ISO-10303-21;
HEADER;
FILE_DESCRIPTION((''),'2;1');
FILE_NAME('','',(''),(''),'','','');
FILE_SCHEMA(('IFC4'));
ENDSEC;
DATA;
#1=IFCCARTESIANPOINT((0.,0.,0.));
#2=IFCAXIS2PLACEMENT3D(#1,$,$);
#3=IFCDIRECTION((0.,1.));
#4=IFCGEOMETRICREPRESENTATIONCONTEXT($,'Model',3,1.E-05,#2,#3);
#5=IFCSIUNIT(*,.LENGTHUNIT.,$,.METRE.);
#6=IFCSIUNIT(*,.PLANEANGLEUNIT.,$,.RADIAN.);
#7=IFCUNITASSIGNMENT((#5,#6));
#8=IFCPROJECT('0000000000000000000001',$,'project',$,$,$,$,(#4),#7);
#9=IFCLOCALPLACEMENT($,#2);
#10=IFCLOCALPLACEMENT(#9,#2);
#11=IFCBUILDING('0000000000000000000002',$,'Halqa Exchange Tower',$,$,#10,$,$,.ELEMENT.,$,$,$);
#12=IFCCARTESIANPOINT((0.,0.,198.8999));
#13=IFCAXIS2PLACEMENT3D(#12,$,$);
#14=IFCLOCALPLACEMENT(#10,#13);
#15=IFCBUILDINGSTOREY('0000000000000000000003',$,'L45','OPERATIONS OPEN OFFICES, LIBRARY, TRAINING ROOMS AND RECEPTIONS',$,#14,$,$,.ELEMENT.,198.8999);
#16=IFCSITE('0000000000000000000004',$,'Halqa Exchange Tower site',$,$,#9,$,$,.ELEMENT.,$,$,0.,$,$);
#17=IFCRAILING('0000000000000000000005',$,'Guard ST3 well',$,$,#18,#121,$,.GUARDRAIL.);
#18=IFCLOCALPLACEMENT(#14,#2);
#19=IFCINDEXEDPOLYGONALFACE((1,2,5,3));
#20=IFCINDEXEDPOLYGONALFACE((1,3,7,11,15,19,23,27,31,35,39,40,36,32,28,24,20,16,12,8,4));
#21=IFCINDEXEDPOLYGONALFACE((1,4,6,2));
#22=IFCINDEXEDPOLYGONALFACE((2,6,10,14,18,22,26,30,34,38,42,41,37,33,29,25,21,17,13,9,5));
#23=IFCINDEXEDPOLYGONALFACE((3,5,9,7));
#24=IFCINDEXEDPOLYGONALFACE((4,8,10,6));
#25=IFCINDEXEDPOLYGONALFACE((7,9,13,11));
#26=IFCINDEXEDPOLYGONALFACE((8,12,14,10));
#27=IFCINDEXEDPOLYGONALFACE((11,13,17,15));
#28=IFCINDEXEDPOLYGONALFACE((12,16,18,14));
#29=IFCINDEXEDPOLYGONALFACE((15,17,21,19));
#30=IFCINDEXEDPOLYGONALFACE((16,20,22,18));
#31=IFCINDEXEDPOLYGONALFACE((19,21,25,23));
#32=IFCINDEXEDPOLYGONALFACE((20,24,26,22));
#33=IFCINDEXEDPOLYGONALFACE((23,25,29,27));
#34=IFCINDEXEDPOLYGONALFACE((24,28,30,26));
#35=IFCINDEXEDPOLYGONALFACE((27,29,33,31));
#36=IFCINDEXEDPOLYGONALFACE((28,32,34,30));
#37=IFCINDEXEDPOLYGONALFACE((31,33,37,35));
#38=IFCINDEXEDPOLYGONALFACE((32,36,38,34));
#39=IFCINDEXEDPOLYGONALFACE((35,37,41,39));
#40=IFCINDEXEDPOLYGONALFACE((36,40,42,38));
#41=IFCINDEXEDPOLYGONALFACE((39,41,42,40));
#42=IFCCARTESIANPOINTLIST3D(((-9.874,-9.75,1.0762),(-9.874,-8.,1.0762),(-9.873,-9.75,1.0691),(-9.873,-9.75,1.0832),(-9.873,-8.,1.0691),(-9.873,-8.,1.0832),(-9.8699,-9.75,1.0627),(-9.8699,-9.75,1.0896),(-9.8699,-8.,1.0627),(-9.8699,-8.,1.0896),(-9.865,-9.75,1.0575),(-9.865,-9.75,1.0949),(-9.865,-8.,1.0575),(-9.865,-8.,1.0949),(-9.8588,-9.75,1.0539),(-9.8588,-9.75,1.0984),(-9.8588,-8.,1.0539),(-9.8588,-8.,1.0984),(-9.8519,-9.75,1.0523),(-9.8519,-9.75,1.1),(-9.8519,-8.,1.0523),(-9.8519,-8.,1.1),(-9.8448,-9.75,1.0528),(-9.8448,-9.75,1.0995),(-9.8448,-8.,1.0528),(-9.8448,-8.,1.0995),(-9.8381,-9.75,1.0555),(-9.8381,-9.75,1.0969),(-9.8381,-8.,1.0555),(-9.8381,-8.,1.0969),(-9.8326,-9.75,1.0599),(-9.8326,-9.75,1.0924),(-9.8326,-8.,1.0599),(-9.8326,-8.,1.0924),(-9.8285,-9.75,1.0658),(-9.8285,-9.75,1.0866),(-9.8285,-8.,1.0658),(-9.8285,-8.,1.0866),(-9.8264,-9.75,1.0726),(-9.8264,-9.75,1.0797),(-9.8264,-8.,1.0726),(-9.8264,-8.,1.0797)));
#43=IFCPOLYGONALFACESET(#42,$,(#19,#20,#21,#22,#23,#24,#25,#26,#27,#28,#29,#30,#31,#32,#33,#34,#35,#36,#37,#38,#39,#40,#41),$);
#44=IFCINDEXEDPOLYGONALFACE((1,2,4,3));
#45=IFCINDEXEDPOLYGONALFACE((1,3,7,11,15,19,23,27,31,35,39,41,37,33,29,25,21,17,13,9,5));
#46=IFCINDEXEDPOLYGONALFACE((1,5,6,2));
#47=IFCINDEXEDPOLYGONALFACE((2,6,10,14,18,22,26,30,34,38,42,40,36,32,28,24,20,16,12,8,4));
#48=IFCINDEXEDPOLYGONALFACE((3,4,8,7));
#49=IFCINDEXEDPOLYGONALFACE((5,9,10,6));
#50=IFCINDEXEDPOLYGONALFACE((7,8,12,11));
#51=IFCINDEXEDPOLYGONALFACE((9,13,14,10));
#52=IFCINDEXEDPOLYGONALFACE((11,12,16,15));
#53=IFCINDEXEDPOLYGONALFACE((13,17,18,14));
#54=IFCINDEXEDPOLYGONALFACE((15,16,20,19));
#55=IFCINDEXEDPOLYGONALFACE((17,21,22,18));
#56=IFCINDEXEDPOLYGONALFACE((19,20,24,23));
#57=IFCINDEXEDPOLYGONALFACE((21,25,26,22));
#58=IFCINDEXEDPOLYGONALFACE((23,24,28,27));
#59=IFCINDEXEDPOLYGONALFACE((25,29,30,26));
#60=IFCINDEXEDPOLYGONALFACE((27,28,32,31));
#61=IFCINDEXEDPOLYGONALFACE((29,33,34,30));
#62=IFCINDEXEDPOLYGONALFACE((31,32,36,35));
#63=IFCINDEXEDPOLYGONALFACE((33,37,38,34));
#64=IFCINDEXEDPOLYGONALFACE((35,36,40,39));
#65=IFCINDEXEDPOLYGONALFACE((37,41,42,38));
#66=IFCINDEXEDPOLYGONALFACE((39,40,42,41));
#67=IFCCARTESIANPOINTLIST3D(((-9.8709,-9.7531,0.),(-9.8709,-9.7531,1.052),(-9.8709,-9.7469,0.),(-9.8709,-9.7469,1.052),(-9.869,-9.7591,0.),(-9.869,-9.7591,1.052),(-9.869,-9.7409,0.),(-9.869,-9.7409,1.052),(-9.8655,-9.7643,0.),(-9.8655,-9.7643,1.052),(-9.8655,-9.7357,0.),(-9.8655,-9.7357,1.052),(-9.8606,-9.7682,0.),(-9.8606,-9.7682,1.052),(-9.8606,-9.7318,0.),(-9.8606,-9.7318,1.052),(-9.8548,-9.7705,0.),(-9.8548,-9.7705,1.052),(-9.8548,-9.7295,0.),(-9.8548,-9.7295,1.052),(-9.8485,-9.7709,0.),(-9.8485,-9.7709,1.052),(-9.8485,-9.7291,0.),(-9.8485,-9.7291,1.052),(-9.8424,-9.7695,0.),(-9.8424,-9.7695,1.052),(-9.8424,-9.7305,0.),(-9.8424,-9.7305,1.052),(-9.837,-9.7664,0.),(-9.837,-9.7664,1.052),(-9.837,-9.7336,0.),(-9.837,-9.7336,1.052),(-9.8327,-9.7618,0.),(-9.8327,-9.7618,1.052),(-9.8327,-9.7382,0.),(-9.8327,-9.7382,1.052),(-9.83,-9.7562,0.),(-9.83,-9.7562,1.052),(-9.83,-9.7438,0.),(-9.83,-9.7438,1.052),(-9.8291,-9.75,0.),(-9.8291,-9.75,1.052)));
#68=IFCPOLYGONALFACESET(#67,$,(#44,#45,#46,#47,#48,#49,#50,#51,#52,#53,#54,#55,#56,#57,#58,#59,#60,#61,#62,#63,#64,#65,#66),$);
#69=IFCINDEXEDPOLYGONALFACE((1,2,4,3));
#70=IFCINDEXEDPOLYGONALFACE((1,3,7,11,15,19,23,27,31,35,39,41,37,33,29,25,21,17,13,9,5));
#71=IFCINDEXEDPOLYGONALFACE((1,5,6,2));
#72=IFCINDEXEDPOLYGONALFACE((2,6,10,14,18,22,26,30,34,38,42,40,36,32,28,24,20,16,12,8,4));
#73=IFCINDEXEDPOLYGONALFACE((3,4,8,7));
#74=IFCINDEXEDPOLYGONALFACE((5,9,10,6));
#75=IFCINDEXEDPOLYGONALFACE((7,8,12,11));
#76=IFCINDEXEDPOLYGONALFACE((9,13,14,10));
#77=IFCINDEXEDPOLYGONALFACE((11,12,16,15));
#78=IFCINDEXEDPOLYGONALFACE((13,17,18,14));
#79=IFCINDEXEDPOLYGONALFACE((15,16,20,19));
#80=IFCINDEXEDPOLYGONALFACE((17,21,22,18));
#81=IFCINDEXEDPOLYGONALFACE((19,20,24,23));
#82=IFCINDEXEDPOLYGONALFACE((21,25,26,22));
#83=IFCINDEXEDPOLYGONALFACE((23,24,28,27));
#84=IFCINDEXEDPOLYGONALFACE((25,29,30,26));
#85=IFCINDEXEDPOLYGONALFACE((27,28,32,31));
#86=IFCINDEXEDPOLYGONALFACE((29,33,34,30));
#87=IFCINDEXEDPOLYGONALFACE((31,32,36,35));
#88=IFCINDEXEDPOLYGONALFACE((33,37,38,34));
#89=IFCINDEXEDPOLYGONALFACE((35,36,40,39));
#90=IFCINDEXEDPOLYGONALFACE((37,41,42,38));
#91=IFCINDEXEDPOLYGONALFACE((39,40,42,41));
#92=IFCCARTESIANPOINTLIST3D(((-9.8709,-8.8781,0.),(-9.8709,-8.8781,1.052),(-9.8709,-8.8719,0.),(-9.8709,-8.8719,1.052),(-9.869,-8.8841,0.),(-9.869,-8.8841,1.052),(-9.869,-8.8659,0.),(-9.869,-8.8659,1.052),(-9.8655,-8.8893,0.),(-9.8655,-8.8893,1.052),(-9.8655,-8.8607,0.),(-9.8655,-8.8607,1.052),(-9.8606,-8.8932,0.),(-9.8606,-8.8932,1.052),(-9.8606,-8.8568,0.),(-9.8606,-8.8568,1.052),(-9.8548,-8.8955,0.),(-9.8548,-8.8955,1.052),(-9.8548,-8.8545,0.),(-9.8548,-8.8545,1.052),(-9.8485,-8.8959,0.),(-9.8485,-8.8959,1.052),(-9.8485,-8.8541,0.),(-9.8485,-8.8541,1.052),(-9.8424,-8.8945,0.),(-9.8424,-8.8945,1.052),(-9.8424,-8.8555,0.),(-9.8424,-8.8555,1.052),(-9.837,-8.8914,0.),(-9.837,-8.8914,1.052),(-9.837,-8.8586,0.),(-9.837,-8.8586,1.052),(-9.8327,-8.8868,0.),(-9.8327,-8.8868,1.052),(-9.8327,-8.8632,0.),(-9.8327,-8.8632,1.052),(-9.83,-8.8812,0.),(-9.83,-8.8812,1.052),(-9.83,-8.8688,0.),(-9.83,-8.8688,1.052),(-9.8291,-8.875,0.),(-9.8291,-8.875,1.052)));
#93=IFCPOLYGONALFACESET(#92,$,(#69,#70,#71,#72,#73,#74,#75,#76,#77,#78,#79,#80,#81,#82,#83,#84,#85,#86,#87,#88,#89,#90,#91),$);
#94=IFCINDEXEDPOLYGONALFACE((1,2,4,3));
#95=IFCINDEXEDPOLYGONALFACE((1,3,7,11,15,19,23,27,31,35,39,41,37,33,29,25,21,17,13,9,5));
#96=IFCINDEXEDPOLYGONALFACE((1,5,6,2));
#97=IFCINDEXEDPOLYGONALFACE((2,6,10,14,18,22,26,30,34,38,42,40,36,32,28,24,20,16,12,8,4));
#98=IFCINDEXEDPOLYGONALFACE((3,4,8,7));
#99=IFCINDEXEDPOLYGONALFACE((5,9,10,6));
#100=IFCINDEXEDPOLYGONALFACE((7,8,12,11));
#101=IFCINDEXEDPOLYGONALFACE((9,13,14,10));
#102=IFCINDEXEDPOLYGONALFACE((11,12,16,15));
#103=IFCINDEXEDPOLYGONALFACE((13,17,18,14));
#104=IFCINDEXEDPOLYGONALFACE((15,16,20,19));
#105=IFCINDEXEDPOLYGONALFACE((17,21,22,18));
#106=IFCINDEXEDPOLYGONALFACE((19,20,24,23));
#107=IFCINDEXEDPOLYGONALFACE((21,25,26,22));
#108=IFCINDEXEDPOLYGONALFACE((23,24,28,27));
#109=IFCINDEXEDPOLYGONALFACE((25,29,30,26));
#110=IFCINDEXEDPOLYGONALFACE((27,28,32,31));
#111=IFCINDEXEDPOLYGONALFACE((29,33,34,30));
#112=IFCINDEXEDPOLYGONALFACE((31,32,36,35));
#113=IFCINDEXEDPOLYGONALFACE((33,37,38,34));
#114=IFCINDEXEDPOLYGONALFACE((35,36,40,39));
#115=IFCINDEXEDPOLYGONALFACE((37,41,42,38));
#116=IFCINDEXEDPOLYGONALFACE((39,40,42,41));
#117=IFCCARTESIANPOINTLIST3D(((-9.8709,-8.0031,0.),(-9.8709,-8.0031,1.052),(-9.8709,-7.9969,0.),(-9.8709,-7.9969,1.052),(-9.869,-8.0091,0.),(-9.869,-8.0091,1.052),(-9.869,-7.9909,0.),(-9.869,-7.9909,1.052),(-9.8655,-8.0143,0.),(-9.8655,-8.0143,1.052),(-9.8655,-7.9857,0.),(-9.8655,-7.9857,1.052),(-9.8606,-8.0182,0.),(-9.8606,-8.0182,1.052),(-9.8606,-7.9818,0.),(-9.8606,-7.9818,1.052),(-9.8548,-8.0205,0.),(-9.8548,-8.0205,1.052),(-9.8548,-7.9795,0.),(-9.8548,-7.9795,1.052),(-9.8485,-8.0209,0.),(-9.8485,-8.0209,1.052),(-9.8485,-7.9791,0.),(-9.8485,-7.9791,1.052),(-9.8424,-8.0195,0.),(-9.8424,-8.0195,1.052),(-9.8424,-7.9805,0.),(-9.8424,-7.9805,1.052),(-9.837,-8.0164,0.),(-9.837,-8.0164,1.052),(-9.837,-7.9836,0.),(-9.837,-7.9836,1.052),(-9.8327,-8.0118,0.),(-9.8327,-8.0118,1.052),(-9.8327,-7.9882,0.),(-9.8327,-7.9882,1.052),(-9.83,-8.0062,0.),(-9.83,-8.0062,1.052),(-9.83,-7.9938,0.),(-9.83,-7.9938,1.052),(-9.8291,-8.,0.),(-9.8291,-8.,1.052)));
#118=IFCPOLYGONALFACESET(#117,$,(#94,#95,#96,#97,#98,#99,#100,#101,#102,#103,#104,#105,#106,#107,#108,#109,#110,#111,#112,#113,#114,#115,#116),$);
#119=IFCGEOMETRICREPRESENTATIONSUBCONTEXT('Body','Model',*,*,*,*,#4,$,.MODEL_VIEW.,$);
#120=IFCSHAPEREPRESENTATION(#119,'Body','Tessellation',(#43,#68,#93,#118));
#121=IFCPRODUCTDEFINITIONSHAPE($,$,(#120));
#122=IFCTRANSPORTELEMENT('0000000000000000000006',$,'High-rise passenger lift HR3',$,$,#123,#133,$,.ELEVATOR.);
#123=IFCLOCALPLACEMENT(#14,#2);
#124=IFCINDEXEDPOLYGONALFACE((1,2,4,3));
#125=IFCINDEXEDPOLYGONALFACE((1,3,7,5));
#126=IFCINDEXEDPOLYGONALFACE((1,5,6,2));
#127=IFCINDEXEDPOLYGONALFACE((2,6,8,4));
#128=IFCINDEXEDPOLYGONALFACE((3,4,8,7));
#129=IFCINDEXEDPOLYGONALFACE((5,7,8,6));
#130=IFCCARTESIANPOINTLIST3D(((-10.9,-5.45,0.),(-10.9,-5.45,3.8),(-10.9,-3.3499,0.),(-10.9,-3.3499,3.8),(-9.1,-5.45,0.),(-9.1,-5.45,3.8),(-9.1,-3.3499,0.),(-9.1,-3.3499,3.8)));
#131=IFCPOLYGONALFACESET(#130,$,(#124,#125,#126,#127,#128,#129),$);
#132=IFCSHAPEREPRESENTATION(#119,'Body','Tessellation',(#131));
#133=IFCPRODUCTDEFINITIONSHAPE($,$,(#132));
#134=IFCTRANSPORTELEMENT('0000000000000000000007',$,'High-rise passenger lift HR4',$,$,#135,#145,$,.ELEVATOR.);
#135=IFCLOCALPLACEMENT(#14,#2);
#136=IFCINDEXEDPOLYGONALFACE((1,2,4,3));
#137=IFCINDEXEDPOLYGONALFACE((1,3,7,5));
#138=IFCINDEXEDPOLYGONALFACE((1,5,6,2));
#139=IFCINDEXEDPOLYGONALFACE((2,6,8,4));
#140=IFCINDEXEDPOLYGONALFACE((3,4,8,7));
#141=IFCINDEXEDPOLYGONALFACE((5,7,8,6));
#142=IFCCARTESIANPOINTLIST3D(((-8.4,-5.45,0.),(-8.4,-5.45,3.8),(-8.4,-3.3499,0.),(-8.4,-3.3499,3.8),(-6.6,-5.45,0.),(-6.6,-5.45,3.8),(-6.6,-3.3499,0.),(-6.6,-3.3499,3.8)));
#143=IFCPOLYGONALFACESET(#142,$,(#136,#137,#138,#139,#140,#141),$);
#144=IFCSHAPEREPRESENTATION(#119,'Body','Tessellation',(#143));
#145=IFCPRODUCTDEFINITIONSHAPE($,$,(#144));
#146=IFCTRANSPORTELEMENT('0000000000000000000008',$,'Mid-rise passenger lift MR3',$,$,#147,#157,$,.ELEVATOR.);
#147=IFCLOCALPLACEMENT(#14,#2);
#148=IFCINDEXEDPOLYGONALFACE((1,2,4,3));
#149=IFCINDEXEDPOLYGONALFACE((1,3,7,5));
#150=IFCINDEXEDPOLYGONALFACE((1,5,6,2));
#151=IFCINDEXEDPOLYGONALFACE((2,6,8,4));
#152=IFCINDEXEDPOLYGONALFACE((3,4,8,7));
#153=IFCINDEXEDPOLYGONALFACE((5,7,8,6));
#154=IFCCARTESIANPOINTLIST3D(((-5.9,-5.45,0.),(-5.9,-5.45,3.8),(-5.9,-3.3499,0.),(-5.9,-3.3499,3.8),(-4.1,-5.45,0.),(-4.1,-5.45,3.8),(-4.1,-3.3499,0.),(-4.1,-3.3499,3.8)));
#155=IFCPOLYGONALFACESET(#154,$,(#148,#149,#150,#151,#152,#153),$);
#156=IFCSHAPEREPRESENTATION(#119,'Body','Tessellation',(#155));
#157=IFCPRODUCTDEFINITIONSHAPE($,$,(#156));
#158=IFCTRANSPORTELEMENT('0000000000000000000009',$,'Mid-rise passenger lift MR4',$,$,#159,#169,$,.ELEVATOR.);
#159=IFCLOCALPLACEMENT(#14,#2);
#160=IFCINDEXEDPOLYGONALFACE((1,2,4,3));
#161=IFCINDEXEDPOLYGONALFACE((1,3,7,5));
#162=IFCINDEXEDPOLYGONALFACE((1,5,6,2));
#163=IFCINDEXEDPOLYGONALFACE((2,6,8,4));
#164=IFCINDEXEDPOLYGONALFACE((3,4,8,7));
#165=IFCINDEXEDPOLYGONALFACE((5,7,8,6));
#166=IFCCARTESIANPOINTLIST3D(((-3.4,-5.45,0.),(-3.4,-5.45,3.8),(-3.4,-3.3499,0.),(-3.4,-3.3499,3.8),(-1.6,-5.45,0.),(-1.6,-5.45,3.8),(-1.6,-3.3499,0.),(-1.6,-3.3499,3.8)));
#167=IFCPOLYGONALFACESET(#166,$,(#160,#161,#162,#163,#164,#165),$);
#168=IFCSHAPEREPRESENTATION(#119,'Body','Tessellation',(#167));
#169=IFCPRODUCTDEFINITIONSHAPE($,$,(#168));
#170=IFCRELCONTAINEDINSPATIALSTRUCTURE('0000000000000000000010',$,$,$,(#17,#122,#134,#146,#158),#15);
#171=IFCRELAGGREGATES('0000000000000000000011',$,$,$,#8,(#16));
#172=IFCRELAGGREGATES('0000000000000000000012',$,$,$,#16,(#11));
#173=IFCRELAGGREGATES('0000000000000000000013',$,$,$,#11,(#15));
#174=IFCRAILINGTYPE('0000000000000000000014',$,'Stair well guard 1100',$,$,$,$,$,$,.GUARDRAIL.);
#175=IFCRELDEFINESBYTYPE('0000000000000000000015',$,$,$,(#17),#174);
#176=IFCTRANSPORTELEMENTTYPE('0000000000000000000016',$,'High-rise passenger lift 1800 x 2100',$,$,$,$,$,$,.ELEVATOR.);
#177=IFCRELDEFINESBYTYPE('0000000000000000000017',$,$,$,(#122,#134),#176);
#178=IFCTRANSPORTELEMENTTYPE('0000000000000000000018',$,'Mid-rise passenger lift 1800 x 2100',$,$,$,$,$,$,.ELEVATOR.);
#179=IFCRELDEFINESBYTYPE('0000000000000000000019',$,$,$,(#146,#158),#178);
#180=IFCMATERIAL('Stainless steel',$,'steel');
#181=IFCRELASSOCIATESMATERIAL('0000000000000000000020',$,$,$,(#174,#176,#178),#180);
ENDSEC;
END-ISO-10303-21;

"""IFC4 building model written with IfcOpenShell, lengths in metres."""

from ifc_helpers import new_model, si_unit, direction, frame, origin, origin_2d, place, context, subcontext, project, spatial, rectangle, circle, extrude, material, type_object, element, save


model = new_model("IFC4")

# Units and contexts
model_context = context("Model", 3, precision=1e-05, world=origin(), true_north=direction((0.0, 1.0)))
body_context = subcontext(model_context, "Body", "Model", "MODEL_VIEW")
ifc_project = project(units=[si_unit("LENGTHUNIT", "METRE"), si_unit("PLANEANGLEUNIT", "RADIAN")], contexts=[model_context])

# Site, building, storey
site_placement = place(None, origin())
site = spatial("IfcSite", under=ifc_project, at=site_placement, Name="Halqa Exchange Tower site", CompositionType="ELEMENT", RefElevation=0.0)
building_placement = place(site_placement, origin())
building = spatial("IfcBuilding", under=site, at=building_placement, Name="Halqa Exchange Tower", CompositionType="ELEMENT")
storey_placement = place(building_placement, frame((0.0, 0.0, 198.8999)))
storey = spatial("IfcBuildingStorey", under=building, at=storey_placement, Name="L45", Description="OPERATIONS OPEN OFFICES, LIBRARY, TRAINING ROOMS AND RECEPTIONS", CompositionType="ELEMENT", Elevation=198.8999)

# Shared definitions
ifc_material_1 = material(Name="Stainless steel", Category="steel")

# Railing
railing_type_1 = type_object("IfcRailingType", Name="Stair well guard 1100", PredefinedType="GUARDRAIL", material=ifc_material_1)
railing_1_placement = place(storey_placement, frame((-9.8501, -9.75, 0.0)))
element("IfcRailing", 1, at=railing_1_placement, inside=storey, type_object=railing_type_1, Name="Guard ST3 well", PredefinedType="GUARDRAIL", context=body_context, shape_type="SweptSolid", body=[
    extrude(circle(Radius=0.0239, at=origin_2d()), frame((0.0, 0.0, 1.0762), z_axis=(0.0, 1.0, 0.0), x_axis=(-1.0, 0.0, 0.0)), (0.0, 0.0, 1.0), 1.75),
    extrude(circle(Radius=0.021, at=origin_2d()), origin(), (0.0, 0.0, 1.0), 1.052),
    extrude(circle(Radius=0.021, at=origin_2d()), frame((0.0, 0.875, 0.0)), (0.0, 0.0, 1.0), 1.052),
    extrude(circle(Radius=0.021, at=origin_2d()), frame((0.0, 1.75, 0.0)), (0.0, 0.0, 1.0), 1.052),
])

# Transport elements
transport_element_type_1 = type_object("IfcTransportElementType", Name="High-rise passenger lift 1800 x 2100", PredefinedType="ELEVATOR", material=ifc_material_1)
for number, where, z_axis, x_axis, name in (
    (2, (-10.0, -4.3999, 0.0), (0.0, 0.0, 1.0), (1.0, 0.0, 0.0), "High-rise passenger lift HR3"),
    (3, (-7.5, -4.3999, 0.0), (0.0, 0.0, 1.0), (1.0, 0.0, 0.0), "High-rise passenger lift HR4"),
):
    element("IfcTransportElement", number, at=place(storey_placement, frame(where, z_axis=z_axis, x_axis=x_axis)), inside=storey, type_object=transport_element_type_1, Name=name, PredefinedType="ELEVATOR", context=body_context, shape_type="SweptSolid", body=[
        extrude(rectangle(XDim=1.8, YDim=2.1001, at=origin_2d()), origin(), (0.0, 0.0, 1.0), 3.8),
    ])
transport_element_type_2 = type_object("IfcTransportElementType", Name="Mid-rise passenger lift 1800 x 2100", PredefinedType="ELEVATOR", material=ifc_material_1)
for number, where, z_axis, x_axis, name in (
    (4, (-5.0, -4.3999, 0.0), (0.0, 0.0, 1.0), (1.0, 0.0, 0.0), "Mid-rise passenger lift MR3"),
    (5, (-2.5, -4.3999, 0.0), (0.0, 0.0, 1.0), (1.0, 0.0, 0.0), "Mid-rise passenger lift MR4"),
):
    element("IfcTransportElement", number, at=place(storey_placement, frame(where, z_axis=z_axis, x_axis=x_axis)), inside=storey, type_object=transport_element_type_2, Name=name, PredefinedType="ELEVATOR", context=body_context, shape_type="SweptSolid", body=[
        extrude(rectangle(XDim=1.8, YDim=2.1001, at=origin_2d()), origin(), (0.0, 0.0, 1.0), 3.8),
    ])

save(model, "model.ifc")
